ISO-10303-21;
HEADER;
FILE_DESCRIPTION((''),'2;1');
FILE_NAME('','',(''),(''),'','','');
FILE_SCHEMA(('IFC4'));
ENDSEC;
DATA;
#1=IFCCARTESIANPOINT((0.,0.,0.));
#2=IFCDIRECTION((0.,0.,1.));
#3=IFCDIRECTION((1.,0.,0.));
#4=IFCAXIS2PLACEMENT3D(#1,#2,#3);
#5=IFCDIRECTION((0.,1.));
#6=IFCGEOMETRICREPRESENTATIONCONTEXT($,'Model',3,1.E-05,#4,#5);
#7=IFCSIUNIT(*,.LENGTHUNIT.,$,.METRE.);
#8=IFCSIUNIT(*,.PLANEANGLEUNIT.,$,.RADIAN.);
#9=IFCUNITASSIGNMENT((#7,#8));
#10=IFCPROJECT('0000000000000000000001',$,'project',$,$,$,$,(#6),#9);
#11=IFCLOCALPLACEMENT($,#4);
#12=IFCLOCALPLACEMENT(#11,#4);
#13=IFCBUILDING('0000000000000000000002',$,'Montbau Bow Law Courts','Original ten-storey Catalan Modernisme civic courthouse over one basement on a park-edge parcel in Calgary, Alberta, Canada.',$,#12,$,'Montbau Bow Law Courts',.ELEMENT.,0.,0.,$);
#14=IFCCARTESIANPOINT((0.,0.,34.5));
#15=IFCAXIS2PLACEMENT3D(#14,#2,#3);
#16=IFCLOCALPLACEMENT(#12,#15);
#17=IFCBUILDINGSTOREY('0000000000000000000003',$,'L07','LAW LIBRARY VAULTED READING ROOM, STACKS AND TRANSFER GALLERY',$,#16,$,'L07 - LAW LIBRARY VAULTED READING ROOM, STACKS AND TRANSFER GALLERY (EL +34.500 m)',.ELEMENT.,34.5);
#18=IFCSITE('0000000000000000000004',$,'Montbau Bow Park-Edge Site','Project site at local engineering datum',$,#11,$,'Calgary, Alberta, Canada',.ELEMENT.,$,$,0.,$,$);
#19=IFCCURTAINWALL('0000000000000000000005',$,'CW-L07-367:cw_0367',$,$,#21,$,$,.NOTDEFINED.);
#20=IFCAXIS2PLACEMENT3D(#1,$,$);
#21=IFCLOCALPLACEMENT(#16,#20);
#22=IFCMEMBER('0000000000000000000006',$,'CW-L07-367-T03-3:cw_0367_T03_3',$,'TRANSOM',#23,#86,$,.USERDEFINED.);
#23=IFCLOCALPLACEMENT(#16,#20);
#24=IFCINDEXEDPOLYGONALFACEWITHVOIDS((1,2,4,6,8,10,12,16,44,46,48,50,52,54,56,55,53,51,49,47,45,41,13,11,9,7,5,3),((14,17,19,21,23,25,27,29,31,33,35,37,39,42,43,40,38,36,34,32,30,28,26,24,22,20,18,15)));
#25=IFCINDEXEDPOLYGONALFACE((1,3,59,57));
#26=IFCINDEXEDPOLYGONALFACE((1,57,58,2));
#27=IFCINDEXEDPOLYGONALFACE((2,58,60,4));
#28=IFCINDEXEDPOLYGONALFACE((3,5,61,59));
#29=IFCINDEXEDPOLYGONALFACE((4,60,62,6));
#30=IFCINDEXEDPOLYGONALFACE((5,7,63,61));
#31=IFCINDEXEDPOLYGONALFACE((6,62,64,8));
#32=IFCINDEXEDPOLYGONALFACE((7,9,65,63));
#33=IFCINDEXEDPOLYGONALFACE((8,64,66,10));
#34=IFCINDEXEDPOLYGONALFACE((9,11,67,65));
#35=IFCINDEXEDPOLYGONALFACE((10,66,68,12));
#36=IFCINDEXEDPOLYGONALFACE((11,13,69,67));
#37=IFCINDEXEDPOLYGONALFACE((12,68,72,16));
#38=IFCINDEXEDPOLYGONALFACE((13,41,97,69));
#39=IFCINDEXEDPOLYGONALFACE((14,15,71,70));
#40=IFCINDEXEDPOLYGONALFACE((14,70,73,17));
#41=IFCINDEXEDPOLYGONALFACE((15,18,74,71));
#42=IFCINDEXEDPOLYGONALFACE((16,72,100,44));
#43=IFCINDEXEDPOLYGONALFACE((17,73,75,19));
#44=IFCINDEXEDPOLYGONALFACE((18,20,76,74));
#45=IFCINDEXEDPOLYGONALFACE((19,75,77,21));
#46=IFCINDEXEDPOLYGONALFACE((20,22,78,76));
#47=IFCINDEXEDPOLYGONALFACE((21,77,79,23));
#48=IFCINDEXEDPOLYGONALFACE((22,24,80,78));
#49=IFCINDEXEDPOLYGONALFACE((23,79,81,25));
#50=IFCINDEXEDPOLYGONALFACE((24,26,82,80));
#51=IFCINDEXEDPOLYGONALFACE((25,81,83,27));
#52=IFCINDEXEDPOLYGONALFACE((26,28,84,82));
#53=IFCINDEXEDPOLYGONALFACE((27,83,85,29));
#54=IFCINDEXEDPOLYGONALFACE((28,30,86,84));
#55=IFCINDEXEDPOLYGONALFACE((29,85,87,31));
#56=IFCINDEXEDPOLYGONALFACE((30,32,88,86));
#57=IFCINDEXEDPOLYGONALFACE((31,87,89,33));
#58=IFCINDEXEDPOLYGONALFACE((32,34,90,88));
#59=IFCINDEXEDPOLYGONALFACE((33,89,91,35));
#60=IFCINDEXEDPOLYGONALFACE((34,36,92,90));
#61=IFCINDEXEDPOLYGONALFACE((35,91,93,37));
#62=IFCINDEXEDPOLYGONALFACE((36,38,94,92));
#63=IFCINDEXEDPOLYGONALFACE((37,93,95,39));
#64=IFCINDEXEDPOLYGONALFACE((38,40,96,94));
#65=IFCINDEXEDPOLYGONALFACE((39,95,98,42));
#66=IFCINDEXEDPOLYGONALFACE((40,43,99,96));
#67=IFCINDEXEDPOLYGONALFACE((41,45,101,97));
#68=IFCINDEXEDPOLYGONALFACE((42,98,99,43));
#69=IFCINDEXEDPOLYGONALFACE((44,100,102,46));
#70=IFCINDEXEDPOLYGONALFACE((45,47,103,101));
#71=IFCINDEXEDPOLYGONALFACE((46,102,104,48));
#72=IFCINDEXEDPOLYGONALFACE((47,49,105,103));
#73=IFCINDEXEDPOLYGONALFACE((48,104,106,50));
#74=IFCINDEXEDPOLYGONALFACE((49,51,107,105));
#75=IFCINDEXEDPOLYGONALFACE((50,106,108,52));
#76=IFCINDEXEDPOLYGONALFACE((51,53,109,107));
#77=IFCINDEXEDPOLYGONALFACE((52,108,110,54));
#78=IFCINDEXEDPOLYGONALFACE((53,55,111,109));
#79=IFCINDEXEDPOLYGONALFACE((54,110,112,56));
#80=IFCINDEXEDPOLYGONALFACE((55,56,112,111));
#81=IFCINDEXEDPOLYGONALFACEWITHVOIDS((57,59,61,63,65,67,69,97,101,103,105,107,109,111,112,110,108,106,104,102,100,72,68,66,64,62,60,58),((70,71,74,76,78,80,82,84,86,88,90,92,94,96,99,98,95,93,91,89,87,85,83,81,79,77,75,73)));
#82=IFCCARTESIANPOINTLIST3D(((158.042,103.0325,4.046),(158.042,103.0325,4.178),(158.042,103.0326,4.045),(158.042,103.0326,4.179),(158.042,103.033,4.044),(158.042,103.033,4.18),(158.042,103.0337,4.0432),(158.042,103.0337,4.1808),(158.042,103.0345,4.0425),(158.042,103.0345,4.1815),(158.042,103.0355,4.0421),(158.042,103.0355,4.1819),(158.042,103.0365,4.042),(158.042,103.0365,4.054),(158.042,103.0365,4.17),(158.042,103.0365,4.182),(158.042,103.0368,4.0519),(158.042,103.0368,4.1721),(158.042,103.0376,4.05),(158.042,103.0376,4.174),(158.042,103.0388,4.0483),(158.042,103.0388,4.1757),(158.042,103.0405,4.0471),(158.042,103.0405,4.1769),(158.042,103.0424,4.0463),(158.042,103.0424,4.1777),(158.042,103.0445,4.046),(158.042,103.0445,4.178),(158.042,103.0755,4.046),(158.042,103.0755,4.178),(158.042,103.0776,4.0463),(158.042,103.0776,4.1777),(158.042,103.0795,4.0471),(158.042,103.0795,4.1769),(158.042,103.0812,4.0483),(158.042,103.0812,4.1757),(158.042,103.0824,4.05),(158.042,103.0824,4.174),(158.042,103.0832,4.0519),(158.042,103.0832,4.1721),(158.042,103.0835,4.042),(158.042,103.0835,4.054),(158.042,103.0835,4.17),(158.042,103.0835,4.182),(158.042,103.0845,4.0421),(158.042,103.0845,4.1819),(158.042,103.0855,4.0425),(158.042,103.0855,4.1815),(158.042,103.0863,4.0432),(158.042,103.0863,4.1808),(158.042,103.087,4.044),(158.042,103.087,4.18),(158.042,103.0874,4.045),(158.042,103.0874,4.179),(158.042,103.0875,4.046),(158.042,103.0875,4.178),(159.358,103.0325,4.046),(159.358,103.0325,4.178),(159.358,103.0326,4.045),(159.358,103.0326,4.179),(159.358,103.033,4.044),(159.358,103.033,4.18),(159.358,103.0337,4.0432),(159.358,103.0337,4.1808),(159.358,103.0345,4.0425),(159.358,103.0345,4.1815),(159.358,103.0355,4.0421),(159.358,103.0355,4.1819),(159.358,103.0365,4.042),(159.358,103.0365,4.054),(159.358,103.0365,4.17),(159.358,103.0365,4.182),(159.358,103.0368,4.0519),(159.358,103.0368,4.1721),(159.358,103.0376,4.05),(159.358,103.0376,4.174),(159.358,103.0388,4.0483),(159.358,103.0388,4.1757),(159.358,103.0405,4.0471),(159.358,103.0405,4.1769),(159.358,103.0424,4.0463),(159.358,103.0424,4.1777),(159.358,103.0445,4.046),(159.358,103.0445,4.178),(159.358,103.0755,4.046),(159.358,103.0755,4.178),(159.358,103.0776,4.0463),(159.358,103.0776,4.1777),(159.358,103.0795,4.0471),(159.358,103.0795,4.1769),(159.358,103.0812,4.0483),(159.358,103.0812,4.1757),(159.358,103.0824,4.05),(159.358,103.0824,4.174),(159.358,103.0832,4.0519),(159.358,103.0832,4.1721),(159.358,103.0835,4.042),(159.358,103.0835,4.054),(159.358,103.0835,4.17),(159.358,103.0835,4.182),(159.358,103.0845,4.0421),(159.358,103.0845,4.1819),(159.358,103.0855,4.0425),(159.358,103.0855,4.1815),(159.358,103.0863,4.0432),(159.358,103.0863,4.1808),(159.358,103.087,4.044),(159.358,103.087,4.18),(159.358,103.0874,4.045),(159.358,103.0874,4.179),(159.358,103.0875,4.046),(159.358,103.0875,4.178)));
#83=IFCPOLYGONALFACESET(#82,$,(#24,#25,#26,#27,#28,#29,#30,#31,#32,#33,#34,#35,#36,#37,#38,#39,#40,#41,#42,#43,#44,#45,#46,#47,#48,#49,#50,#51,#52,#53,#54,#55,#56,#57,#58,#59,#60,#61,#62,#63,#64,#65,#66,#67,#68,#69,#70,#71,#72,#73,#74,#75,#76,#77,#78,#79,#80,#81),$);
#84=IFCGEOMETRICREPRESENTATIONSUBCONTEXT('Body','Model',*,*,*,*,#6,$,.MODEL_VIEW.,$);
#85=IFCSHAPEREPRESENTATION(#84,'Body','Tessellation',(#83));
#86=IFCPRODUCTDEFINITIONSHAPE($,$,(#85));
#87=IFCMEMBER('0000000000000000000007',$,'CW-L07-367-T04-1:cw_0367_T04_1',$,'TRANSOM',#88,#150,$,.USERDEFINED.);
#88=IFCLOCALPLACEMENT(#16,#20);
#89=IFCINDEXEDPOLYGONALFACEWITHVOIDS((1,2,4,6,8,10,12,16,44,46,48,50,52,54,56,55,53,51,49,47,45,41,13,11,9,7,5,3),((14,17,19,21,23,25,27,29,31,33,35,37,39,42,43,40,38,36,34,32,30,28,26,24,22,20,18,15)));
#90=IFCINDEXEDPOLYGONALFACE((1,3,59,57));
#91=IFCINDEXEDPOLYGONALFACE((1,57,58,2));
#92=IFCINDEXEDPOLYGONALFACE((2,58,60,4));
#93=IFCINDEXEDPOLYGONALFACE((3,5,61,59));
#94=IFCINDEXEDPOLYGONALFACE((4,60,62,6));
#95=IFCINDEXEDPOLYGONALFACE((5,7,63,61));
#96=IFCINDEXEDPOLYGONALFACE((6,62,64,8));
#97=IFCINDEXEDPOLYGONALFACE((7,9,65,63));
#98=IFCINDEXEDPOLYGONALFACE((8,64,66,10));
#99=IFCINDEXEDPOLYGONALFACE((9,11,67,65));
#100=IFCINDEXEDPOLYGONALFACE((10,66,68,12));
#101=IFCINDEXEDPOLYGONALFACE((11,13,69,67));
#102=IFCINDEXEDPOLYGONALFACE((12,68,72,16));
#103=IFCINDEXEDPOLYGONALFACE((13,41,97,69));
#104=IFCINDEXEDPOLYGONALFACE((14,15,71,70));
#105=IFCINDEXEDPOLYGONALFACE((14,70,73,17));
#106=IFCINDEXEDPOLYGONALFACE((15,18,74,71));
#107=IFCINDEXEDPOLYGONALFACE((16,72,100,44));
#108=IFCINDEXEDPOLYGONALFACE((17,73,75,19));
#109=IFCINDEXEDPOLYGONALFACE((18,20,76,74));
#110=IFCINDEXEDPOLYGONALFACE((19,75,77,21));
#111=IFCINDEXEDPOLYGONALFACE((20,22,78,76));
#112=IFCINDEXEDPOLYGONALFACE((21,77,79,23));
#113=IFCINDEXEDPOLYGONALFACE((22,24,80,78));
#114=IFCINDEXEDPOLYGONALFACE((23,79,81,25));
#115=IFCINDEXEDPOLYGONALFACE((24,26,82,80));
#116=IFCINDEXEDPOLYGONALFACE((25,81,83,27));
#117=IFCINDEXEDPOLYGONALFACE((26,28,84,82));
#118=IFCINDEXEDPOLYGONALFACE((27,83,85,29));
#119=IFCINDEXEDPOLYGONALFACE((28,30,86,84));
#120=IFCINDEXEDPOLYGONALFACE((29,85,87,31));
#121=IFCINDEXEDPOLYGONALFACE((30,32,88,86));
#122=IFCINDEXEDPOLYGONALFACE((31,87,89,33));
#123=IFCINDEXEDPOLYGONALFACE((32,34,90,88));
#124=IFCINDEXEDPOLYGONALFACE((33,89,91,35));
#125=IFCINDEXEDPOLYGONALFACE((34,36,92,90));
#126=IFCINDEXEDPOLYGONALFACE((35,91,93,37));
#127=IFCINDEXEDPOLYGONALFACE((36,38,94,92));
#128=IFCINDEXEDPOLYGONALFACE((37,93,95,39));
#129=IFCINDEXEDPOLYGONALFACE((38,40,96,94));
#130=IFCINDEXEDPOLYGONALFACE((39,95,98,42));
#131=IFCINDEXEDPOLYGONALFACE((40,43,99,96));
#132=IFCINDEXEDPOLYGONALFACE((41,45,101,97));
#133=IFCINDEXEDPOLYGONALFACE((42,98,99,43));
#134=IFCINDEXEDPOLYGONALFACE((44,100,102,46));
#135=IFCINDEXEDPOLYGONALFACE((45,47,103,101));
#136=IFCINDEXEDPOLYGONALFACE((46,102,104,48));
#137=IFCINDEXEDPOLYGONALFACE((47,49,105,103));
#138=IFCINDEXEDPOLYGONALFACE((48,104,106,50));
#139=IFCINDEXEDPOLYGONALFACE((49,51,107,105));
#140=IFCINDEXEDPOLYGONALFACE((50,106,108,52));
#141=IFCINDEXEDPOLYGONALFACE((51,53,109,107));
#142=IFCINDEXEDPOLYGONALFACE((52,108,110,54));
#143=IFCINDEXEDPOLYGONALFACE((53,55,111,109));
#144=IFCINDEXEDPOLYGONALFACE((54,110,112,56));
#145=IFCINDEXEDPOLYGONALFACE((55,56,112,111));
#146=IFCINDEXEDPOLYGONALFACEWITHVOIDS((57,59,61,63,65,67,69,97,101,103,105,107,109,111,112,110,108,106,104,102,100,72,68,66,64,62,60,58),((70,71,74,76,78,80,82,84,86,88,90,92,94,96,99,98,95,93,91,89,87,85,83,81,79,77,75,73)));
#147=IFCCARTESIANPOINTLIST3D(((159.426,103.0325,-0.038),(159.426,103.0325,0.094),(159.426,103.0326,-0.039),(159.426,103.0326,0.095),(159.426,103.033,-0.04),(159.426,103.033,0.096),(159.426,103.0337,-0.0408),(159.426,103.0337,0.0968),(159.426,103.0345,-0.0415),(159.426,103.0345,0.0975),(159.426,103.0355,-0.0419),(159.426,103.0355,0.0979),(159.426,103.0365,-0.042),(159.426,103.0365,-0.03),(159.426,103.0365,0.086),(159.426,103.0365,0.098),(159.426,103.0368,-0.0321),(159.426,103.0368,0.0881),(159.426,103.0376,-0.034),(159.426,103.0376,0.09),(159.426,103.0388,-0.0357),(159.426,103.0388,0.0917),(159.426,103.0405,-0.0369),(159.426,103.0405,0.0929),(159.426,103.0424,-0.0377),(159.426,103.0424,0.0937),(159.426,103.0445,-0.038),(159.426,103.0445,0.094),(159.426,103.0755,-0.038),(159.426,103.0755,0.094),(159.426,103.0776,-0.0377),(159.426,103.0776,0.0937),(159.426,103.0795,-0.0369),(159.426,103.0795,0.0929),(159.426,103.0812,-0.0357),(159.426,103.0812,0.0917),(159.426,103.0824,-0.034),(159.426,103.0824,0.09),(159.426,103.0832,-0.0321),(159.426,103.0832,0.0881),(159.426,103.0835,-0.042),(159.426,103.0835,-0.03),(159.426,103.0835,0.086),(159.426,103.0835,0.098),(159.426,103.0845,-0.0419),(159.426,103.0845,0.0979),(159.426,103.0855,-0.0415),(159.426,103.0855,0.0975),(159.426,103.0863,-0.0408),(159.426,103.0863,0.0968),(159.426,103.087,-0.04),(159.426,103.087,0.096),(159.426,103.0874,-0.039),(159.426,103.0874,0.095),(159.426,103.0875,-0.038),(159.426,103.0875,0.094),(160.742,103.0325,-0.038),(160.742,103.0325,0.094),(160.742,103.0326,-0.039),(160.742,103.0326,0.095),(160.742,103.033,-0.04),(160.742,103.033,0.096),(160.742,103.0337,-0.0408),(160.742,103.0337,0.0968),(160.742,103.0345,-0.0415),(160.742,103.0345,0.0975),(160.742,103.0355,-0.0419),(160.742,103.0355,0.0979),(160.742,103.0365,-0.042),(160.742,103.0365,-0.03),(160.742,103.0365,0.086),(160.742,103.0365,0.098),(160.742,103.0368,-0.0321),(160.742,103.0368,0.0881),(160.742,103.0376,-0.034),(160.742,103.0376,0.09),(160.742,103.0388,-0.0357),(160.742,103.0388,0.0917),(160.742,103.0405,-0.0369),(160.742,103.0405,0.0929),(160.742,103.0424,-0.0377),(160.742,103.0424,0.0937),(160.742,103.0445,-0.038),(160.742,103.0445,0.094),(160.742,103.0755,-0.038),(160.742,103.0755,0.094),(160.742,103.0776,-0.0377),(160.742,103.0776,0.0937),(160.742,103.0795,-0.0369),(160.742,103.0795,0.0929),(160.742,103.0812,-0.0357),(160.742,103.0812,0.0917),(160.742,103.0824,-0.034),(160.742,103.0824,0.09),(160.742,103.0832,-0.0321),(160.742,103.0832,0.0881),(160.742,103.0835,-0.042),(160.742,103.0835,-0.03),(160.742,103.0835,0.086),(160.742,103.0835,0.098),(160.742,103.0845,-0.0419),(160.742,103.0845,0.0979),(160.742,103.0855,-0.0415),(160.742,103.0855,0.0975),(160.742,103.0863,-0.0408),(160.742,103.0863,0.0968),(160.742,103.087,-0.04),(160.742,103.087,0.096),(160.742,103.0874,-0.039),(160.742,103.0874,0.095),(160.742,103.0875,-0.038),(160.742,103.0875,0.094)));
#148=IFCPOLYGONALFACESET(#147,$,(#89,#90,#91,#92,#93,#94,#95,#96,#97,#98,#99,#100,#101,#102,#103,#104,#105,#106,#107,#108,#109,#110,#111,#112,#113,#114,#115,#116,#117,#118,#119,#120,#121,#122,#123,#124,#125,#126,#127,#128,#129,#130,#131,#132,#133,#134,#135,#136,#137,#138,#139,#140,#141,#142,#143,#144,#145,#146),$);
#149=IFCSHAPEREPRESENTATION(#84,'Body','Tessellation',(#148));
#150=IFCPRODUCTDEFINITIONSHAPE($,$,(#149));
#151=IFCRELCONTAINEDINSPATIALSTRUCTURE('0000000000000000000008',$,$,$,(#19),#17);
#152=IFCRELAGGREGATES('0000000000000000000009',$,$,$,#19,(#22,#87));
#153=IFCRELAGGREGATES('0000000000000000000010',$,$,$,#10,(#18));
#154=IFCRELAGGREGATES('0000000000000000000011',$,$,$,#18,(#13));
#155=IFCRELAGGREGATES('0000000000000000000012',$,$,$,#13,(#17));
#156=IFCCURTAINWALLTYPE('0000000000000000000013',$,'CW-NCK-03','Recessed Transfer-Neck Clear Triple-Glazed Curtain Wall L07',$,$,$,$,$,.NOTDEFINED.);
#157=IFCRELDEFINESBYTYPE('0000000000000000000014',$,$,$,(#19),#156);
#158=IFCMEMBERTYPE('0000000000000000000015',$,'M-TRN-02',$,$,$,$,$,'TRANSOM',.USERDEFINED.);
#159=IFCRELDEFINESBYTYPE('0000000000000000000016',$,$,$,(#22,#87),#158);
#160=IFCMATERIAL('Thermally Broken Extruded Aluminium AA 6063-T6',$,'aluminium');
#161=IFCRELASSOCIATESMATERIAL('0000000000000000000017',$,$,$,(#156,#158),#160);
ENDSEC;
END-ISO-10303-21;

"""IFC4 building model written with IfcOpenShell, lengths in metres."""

from ifc_helpers import new_model, si_unit, direction, frame, origin_with_axes, origin_2d_with_axis, place, context, subcontext, project, spatial, hollow_rectangle, extrude, material, material_profile, profile_set, type_object, element, aggregate, save


model = new_model("IFC4")

# Units and contexts
model_context = context("Model", 3, precision=1e-05, world=origin_with_axes(), true_north=direction((0.0, 1.0)))
body_context = subcontext(model_context, "Body", "Model", "MODEL_VIEW")
ifc_project = project(units=[si_unit("LENGTHUNIT", "METRE"), si_unit("PLANEANGLEUNIT", "RADIAN")], contexts=[model_context])

# Site, building, storey
site_placement = place(None, origin_with_axes())
site = spatial("IfcSite", under=ifc_project, at=site_placement, Name="Montbau Bow Park-Edge Site", Description="Project site at local engineering datum", LongName="Calgary, Alberta, Canada", CompositionType="ELEMENT", RefElevation=0.0)
building_placement = place(site_placement, origin_with_axes())
building = spatial("IfcBuilding", under=site, at=building_placement, Name="Montbau Bow Law Courts", Description="Original ten-storey Catalan Modernisme civic courthouse over one basement on a park-edge parcel in Calgary, Alberta, Canada.", LongName="Montbau Bow Law Courts", CompositionType="ELEMENT", ElevationOfRefHeight=0.0, ElevationOfTerrain=0.0)
storey_placement = place(building_placement, frame((0.0, 0.0, 34.5), z_axis=(0.0, 0.0, 1.0), x_axis=(1.0, 0.0, 0.0)))
storey = spatial("IfcBuildingStorey", under=building, at=storey_placement, Name="L07", Description="LAW LIBRARY VAULTED READING ROOM, STACKS AND TRANSFER GALLERY", LongName="L07 - LAW LIBRARY VAULTED READING ROOM, STACKS AND TRANSFER GALLERY (EL +34.500 m)", CompositionType="ELEMENT", Elevation=34.5)

# Curtain wall, members
ifc_material_1 = material(Name="Thermally Broken Extruded Aluminium AA 6063-T6", Category="aluminium")
curtain_wall_type = type_object("IfcCurtainWallType", Name="CW-NCK-03", Description="Recessed Transfer-Neck Clear Triple-Glazed Curtain Wall L07", PredefinedType="NOTDEFINED", material=ifc_material_1)
curtain_wall_placement = place(None, frame((155.24, 103.06, 34.5), z_axis=(0.0, 0.0, 1.0), x_axis=(1.0, 0.0, 0.0)))
curtain_wall = element("IfcCurtainWall", 1, at=curtain_wall_placement, inside=storey, type_object=curtain_wall_type, Name="CW-L07-367:cw_0367", PredefinedType="NOTDEFINED")
ifc_material_profile_1 = material_profile(ifc_material_1, hollow_rectangle(XDim=0.055, YDim=0.14, WallThickness=0.004, InnerFilletRadius=0.008, OuterFilletRadius=0.004, at=origin_2d_with_axis()), Name="CWT-140X55", Category="Main", Priority=0)
ifc_profile_set_1 = profile_set([ifc_material_profile_1], Name="Thermally Broken Extruded Aluminium AA 6063-T6")
member_type_1 = type_object("IfcMemberType", Name="M-TRN-02", ElementType="TRANSOM", PredefinedType="USERDEFINED", material=ifc_profile_set_1)
member_1_placement = place(None, frame((158.042, 103.06, 38.612), z_axis=(1.0, 0.0, 0.0), x_axis=(0.0, 1.0, 0.0)))
member_1 = element("IfcMember", 2, at=member_1_placement, type_object=member_type_1, Name="CW-L07-367-T03-3:cw_0367_T03_3", ObjectType="TRANSOM", PredefinedType="USERDEFINED", context=body_context, shape_type="SweptSolid", body=[
    extrude(hollow_rectangle(XDim=0.055, YDim=0.14, WallThickness=0.004, InnerFilletRadius=0.008, OuterFilletRadius=0.004, at=origin_2d_with_axis()), origin_with_axes(), (0.0, 0.0, 1.0), 1.316),
])
member_2_placement = place(None, frame((159.426, 103.06, 34.528), z_axis=(1.0, 0.0, 0.0), x_axis=(0.0, 1.0, 0.0)))
member_2 = element("IfcMember", 3, at=member_2_placement, type_object=member_type_1, Name="CW-L07-367-T04-1:cw_0367_T04_1", ObjectType="TRANSOM", PredefinedType="USERDEFINED", context=body_context, shape_type="SweptSolid", body=[
    extrude(hollow_rectangle(XDim=0.055, YDim=0.14, WallThickness=0.004, InnerFilletRadius=0.008, OuterFilletRadius=0.004, at=origin_2d_with_axis()), origin_with_axes(), (0.0, 0.0, 1.0), 1.316),
])
aggregate(curtain_wall, [member_1, member_2])

save(model, "model.ifc")
